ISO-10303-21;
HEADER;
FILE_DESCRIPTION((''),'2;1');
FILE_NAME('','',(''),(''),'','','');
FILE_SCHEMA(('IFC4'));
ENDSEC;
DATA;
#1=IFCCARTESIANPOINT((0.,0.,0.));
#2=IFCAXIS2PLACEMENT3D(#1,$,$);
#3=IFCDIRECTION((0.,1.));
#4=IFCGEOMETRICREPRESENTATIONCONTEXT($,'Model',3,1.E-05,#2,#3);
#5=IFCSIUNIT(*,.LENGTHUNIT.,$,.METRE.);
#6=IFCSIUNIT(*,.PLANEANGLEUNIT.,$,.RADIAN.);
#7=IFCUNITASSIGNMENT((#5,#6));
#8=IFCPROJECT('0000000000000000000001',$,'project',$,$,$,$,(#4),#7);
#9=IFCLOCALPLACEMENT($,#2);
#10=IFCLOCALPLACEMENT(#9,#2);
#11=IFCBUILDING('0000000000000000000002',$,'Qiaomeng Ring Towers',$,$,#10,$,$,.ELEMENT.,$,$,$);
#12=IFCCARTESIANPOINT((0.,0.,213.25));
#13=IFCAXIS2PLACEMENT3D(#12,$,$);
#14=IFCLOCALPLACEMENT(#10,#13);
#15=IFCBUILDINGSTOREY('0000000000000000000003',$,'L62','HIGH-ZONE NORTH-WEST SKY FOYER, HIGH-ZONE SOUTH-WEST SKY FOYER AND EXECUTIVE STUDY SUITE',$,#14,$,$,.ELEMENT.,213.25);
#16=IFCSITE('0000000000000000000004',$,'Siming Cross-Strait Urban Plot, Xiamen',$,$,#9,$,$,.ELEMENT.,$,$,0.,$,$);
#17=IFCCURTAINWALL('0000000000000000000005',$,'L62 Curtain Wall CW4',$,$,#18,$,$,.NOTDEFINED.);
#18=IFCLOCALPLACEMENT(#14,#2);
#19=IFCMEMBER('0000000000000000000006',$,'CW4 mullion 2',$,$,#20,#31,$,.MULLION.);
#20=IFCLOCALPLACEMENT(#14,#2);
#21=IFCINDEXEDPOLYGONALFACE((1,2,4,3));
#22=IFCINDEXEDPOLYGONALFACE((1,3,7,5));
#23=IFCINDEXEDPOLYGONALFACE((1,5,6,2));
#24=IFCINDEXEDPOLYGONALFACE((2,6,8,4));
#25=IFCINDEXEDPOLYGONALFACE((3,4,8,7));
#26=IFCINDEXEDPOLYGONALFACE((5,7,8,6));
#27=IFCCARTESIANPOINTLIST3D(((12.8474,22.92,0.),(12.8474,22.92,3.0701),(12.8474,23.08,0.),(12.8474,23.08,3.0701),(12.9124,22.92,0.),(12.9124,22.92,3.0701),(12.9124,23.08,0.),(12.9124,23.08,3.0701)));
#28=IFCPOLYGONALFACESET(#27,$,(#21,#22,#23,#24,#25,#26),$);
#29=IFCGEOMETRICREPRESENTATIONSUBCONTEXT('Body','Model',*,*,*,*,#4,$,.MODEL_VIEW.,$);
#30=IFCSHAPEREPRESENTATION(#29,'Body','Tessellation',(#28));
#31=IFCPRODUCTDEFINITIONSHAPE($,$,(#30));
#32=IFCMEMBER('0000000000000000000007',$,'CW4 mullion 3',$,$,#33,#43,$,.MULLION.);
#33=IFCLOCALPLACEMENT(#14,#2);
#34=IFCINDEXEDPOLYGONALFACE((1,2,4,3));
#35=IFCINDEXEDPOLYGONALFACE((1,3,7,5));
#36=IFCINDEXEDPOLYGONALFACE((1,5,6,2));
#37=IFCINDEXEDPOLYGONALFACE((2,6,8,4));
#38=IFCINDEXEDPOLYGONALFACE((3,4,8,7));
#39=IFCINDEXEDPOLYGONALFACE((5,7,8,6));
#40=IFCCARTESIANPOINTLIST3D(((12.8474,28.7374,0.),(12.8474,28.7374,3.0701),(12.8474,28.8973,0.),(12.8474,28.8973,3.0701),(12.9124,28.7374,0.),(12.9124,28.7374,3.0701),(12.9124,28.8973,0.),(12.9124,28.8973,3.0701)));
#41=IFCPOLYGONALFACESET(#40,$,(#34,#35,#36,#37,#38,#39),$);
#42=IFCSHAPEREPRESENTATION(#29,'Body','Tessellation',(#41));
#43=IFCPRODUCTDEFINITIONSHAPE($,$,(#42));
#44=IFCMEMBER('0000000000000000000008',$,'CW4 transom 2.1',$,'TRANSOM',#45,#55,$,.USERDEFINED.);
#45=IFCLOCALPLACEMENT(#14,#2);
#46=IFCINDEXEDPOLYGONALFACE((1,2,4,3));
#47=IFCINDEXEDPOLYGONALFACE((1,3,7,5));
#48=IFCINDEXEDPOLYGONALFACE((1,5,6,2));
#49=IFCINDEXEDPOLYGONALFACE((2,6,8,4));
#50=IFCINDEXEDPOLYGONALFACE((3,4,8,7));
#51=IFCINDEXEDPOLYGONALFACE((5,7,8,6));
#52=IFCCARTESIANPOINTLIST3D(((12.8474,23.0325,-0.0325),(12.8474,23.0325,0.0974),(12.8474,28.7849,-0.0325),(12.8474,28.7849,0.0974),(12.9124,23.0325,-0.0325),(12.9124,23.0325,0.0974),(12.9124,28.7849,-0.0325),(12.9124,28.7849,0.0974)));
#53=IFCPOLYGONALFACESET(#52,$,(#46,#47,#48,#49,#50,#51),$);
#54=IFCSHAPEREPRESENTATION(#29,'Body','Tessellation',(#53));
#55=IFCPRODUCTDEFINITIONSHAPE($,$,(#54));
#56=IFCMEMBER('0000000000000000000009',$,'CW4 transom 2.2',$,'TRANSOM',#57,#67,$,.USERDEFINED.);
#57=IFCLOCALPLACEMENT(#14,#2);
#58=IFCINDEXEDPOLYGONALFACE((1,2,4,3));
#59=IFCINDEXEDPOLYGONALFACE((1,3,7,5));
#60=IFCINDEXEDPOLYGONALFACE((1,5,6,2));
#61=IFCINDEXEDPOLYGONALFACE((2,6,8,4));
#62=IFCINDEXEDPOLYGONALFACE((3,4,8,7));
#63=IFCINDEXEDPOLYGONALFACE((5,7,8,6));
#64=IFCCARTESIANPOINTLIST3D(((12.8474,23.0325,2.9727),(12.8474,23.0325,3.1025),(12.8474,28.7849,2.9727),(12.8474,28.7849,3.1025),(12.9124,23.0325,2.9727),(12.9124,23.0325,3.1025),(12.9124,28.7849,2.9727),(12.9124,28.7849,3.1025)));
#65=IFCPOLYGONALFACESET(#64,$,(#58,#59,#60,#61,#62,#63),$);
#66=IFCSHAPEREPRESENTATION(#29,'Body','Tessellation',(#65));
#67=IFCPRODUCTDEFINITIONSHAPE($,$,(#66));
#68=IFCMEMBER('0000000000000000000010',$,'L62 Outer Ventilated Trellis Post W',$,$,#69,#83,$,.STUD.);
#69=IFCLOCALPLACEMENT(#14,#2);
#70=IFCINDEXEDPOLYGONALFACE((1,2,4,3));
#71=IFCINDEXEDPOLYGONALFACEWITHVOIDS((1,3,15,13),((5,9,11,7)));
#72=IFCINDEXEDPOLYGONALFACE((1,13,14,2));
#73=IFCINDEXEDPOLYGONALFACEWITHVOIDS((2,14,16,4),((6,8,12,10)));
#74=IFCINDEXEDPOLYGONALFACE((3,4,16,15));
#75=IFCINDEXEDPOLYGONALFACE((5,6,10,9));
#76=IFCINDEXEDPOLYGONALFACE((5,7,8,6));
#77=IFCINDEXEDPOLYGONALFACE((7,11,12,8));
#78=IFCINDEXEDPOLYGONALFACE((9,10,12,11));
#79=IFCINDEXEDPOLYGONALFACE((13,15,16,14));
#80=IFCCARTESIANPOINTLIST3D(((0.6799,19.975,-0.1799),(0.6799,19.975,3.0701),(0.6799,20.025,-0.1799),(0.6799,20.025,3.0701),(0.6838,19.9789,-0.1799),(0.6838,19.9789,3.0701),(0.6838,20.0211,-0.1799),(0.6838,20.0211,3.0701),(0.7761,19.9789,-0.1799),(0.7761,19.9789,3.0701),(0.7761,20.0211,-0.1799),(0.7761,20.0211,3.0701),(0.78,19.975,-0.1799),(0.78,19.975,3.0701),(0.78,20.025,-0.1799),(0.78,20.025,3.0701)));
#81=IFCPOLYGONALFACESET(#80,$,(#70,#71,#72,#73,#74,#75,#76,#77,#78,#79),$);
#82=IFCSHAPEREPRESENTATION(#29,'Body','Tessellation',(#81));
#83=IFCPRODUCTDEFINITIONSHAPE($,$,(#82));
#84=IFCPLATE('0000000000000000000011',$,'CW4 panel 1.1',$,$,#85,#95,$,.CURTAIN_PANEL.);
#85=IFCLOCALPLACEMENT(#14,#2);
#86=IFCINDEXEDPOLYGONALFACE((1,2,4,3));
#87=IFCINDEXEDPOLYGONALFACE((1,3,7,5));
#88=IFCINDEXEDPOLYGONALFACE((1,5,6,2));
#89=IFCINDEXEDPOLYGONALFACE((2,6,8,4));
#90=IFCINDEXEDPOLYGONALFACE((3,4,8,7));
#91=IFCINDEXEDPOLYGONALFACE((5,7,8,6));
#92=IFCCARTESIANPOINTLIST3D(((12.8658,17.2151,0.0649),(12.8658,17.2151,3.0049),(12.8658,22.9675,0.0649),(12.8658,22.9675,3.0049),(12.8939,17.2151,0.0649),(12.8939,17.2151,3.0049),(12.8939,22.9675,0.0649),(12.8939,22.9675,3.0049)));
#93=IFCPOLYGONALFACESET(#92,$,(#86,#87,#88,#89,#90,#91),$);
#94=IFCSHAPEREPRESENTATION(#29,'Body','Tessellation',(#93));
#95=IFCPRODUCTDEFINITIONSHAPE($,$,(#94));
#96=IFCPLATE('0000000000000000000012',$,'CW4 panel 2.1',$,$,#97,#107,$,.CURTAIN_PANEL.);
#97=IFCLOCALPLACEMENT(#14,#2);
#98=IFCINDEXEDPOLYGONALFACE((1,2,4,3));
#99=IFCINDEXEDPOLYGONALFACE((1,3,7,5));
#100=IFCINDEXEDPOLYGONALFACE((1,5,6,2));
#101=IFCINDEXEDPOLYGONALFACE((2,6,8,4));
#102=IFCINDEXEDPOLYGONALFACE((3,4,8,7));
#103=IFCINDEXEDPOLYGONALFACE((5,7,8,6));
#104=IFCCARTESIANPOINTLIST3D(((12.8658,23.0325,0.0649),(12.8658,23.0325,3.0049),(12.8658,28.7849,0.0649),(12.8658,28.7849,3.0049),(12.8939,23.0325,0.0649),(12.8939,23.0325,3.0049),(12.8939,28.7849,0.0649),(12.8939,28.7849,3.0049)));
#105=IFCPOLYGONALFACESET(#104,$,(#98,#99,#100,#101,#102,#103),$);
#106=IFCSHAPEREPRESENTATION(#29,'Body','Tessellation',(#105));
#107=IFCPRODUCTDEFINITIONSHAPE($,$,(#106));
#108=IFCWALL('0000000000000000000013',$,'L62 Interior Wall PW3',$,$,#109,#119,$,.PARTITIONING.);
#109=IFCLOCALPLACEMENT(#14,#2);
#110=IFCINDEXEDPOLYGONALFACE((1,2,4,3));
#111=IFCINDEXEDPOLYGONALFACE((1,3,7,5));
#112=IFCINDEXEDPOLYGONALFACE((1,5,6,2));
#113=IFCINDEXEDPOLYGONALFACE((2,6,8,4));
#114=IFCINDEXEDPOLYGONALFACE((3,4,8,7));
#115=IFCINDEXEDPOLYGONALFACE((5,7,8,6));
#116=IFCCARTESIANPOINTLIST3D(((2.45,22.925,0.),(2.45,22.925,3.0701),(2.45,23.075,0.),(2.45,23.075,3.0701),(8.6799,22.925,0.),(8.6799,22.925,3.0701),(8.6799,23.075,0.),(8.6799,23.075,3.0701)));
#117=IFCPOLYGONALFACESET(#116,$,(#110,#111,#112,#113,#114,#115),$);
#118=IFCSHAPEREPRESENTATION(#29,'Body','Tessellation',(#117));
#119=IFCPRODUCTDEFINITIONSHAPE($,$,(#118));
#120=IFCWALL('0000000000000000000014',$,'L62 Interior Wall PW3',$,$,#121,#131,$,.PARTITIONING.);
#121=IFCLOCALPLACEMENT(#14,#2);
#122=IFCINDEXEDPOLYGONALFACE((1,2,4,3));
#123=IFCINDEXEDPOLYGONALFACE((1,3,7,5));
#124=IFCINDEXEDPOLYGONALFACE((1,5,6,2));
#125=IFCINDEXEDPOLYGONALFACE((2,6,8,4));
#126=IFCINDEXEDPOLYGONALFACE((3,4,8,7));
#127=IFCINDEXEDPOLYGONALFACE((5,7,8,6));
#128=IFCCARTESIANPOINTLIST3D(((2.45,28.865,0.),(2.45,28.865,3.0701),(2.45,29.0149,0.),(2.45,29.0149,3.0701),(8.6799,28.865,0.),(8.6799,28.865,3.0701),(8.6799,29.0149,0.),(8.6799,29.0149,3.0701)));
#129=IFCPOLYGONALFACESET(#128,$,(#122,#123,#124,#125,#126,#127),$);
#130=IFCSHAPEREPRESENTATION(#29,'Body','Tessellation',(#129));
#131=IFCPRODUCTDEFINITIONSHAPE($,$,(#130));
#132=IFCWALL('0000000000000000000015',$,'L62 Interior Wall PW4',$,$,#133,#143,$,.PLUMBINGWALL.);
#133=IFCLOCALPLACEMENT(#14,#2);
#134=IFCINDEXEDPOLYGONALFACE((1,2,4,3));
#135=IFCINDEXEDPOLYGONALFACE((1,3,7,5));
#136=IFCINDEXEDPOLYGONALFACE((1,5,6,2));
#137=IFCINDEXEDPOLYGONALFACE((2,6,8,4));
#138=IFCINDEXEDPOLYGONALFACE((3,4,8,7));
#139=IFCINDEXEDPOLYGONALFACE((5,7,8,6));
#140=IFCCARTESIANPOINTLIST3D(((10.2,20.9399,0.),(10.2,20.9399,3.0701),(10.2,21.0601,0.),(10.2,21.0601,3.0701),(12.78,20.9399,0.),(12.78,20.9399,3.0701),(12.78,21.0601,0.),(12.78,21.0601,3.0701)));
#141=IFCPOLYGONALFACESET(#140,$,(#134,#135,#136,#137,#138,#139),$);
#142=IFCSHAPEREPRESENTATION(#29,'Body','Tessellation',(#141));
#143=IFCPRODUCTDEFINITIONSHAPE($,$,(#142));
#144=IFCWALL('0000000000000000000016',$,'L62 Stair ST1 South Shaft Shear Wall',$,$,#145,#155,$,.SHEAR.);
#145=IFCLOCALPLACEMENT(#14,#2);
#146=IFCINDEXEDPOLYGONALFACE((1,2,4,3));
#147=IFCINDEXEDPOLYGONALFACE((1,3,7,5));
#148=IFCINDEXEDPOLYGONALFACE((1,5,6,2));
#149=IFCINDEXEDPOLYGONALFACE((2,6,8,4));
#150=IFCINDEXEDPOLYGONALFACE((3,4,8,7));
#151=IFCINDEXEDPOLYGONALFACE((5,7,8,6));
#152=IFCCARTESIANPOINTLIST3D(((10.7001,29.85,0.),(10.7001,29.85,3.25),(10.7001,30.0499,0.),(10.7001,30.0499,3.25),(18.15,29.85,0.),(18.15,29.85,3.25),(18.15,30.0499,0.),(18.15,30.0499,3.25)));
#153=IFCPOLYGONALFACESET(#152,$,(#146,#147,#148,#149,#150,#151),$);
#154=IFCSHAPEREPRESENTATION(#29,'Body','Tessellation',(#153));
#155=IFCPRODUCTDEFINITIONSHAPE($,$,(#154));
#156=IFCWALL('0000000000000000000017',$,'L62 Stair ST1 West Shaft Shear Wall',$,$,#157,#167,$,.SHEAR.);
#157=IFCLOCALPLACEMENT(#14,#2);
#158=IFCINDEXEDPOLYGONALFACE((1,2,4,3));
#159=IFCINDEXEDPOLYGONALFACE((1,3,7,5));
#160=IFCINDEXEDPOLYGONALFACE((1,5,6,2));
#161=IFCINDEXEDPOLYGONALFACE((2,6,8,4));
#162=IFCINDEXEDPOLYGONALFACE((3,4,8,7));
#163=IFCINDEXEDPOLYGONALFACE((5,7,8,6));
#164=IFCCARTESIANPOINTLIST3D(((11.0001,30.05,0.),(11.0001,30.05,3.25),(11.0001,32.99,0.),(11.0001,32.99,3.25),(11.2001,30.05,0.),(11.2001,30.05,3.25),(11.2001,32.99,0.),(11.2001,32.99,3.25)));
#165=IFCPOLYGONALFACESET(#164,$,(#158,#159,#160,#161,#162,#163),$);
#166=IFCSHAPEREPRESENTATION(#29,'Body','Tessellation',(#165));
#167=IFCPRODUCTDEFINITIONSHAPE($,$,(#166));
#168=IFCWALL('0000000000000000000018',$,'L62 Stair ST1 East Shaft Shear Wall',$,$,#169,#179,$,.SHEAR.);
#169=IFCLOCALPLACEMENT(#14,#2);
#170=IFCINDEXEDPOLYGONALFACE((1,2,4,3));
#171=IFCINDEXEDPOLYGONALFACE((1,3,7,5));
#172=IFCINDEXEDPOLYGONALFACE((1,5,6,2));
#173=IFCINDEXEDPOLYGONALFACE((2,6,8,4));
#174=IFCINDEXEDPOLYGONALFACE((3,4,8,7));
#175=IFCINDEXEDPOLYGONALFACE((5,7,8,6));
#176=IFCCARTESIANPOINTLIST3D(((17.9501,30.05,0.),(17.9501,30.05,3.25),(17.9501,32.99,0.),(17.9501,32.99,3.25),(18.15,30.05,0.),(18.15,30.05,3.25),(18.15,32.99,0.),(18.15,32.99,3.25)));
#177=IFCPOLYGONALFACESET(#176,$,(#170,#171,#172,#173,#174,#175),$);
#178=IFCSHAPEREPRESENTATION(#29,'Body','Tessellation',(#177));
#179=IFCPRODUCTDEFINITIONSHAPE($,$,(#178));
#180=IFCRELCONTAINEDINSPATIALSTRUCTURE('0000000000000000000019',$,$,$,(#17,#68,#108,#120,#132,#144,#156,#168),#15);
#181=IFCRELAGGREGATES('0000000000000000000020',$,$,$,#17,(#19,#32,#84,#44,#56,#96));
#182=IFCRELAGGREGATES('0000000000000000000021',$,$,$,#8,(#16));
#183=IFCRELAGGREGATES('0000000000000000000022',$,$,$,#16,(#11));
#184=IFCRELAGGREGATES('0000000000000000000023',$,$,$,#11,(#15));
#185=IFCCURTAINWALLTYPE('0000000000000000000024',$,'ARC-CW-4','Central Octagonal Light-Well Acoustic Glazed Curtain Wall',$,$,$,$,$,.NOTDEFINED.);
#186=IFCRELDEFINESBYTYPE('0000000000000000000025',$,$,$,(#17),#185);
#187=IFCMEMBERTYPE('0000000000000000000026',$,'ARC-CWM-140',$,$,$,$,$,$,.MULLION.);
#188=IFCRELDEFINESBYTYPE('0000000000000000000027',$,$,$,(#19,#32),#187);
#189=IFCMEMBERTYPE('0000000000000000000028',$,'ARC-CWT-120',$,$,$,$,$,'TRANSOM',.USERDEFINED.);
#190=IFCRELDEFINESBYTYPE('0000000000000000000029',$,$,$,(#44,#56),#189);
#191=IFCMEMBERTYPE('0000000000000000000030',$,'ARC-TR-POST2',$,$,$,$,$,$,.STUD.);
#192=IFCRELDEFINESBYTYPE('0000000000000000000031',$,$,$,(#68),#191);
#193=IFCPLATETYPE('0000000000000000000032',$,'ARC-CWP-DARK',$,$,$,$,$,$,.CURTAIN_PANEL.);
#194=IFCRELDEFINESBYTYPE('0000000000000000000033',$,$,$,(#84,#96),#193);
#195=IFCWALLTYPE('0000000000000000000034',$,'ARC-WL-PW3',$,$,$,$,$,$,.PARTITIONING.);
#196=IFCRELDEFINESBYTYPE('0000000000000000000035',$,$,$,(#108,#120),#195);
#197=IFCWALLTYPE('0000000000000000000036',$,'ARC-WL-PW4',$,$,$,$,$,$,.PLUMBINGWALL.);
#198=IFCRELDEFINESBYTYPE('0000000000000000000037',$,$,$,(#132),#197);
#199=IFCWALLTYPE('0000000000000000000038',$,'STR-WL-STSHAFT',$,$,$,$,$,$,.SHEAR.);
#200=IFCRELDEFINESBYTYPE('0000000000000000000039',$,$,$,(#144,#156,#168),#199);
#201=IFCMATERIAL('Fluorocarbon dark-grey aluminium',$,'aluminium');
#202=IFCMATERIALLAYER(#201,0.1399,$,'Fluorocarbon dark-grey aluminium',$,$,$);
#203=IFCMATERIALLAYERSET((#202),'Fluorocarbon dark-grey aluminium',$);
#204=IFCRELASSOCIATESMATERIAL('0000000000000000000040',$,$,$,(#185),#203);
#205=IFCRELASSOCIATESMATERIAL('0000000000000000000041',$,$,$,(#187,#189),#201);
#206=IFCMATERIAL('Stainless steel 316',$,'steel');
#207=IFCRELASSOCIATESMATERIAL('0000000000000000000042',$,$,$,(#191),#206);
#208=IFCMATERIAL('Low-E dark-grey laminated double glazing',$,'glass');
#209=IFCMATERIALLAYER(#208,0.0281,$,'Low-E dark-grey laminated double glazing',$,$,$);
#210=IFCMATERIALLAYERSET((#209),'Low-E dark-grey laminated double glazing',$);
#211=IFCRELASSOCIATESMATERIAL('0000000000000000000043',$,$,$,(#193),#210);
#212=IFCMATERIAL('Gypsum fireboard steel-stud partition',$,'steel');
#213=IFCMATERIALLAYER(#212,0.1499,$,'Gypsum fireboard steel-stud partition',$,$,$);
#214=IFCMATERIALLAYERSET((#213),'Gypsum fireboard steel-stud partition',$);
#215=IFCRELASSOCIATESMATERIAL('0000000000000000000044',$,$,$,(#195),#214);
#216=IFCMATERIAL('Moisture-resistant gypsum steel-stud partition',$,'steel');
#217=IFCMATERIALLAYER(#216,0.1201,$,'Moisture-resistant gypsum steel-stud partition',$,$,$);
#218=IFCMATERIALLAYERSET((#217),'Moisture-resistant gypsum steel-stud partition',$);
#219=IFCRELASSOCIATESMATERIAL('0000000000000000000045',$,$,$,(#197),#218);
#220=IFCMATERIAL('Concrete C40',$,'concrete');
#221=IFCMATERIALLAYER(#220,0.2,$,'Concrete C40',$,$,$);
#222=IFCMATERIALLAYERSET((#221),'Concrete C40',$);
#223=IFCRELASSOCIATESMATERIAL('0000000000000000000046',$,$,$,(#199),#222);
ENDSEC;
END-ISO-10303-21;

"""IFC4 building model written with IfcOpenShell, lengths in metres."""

from ifc_helpers import new_model, si_unit, direction, frame, frame_2d, origin, origin_2d, place, context, subcontext, project, spatial, rectangle, hollow_rectangle, extrude, source, transform, mapped, material, layer, layer_set, material_profile, profile_set, type_object, element, aggregate, save


model = new_model("IFC4")

# Units and contexts
model_context = context("Model", 3, precision=1e-05, world=origin(), true_north=direction((0.0, 1.0)))
body_context = subcontext(model_context, "Body", "Model", "MODEL_VIEW")
ifc_project = project(units=[si_unit("LENGTHUNIT", "METRE"), si_unit("PLANEANGLEUNIT", "RADIAN")], contexts=[model_context])

# Site, building, storey
site_placement = place(None, origin())
site = spatial("IfcSite", under=ifc_project, at=site_placement, Name="Siming Cross-Strait Urban Plot, Xiamen", CompositionType="ELEMENT", RefElevation=0.0)
building_placement = place(site_placement, origin())
building = spatial("IfcBuilding", under=site, at=building_placement, Name="Qiaomeng Ring Towers", CompositionType="ELEMENT")
storey_placement = place(building_placement, frame((0.0, 0.0, 213.25)))
storey = spatial("IfcBuildingStorey", under=building, at=storey_placement, Name="L62", Description="HIGH-ZONE NORTH-WEST SKY FOYER, HIGH-ZONE SOUTH-WEST SKY FOYER AND EXECUTIVE STUDY SUITE", CompositionType="ELEMENT", Elevation=213.25)

# Shared definitions
ifc_material_1 = material(Name="Concrete C40", Category="concrete")

# Curtain wall, members
ifc_material_2 = material(Name="Fluorocarbon dark-grey aluminium", Category="aluminium")
ifc_layer_1 = layer(ifc_material_2, 0.1399, Name="Fluorocarbon dark-grey aluminium")
ifc_layer_set_1 = layer_set([ifc_layer_1], Name="Fluorocarbon dark-grey aluminium")
curtain_wall_type = type_object("IfcCurtainWallType", Name="ARC-CW-4", Description="Central Octagonal Light-Well Acoustic Glazed Curtain Wall", PredefinedType="NOTDEFINED", material=ifc_layer_set_1)
curtain_wall_placement = place(storey_placement, origin())
curtain_wall = element("IfcCurtainWall", 1, at=curtain_wall_placement, inside=storey, type_object=curtain_wall_type, Name="L62 Curtain Wall CW4", PredefinedType="NOTDEFINED")
ifc_material_profile_1 = material_profile(ifc_material_2, rectangle(XDim=0.0649, YDim=0.1599, at=origin_2d()), Name="ALU MULL 65x160")
ifc_profile_set_1 = profile_set([ifc_material_profile_1], Name="Fluorocarbon dark-grey aluminium")
member_type_1 = type_object("IfcMemberType", Name="ARC-CWM-140", PredefinedType="MULLION", material=ifc_profile_set_1)
shared_shape_1 = source(origin(), body_context, "Body", "SweptSolid", [
    extrude(rectangle(XDim=0.0649, YDim=0.1599, at=origin_2d()), origin(), (0.0, 0.0, 1.0), 3.0701),
])
member_1_placement = place(storey_placement, frame((12.8799, 23.0, 0.0), z_axis=(0.0, 0.0, 1.0), x_axis=(-1.0, 0.0, 0.0)))
member_1 = element("IfcMember", 2, at=member_1_placement, type_object=member_type_1, Name="CW4 mullion 2", PredefinedType="MULLION", context=body_context, shape_type="MappedRepresentation", body=[
    mapped(shared_shape_1, transform((0.0, 0.0, 0.0), x_axis=(1.0, 0.0, 0.0), y_axis=(0.0, 1.0, 0.0), z_axis=(0.0, 0.0, 1.0), scale=1.0)),
])
member_2_placement = place(storey_placement, frame((12.8799, 28.8174, 0.0), z_axis=(0.0, 0.0, 1.0), x_axis=(-1.0, 0.0, 0.0)))
member_2 = element("IfcMember", 3, at=member_2_placement, type_object=member_type_1, Name="CW4 mullion 3", PredefinedType="MULLION", context=body_context, shape_type="MappedRepresentation", body=[
    mapped(shared_shape_1, transform((0.0, 0.0, 0.0), x_axis=(1.0, 0.0, 0.0), y_axis=(0.0, 1.0, 0.0), z_axis=(0.0, 0.0, 1.0), scale=1.0)),
])
ifc_material_profile_2 = material_profile(ifc_material_2, rectangle(XDim=0.0649, YDim=0.1299, at=origin_2d()), Name="ALU TRAN 65x130")
ifc_profile_set_2 = profile_set([ifc_material_profile_2], Name="Fluorocarbon dark-grey aluminium")
member_type_2 = type_object("IfcMemberType", Name="ARC-CWT-120", ElementType="TRANSOM", PredefinedType="USERDEFINED", material=ifc_profile_set_2)
shared_shape_2 = source(origin(), body_context, "Body", "SweptSolid", [
    extrude(rectangle(XDim=0.0649, YDim=0.1299, at=origin_2d()), origin(), (0.0, 0.0, 1.0), 5.7524),
])
member_3_placement = place(storey_placement, frame((12.8799, 23.0325, 0.0325), z_axis=(0.0, 1.0, 0.0), x_axis=(-1.0, 0.0, 0.0)))
member_3 = element("IfcMember", 4, at=member_3_placement, type_object=member_type_2, Name="CW4 transom 2.1", ObjectType="TRANSOM", PredefinedType="USERDEFINED", context=body_context, shape_type="MappedRepresentation", body=[
    mapped(shared_shape_2, transform((0.0, 0.0, 0.0), x_axis=(1.0, 0.0, 0.0), y_axis=(0.0, 1.0, 0.0), z_axis=(0.0, 0.0, 1.0), scale=1.0)),
])
member_4_placement = place(storey_placement, frame((12.8799, 23.0325, 3.0376), z_axis=(0.0, 1.0, 0.0), x_axis=(-1.0, 0.0, 0.0)))
member_4 = element("IfcMember", 5, at=member_4_placement, type_object=member_type_2, Name="CW4 transom 2.2", ObjectType="TRANSOM", PredefinedType="USERDEFINED", context=body_context, shape_type="MappedRepresentation", body=[
    mapped(shared_shape_2, transform((0.0, 0.0, 0.0), x_axis=(1.0, 0.0, 0.0), y_axis=(0.0, 1.0, 0.0), z_axis=(0.0, 0.0, 1.0), scale=1.0)),
])

# Member
ifc_material_3 = material(Name="Stainless steel 316", Category="steel")
ifc_material_profile_3 = material_profile(ifc_material_3, hollow_rectangle(XDim=0.05, YDim=0.1001, WallThickness=0.0039, at=origin_2d()), Name="SS TRELLIS 100x50")
ifc_profile_set_3 = profile_set([ifc_material_profile_3], Name="Stainless steel 316")
member_type_3 = type_object("IfcMemberType", Name="ARC-TR-POST2", PredefinedType="STUD", material=ifc_profile_set_3)
shared_shape_3 = source(origin(), body_context, "Body", "SweptSolid", [
    extrude(hollow_rectangle(XDim=0.05, YDim=0.1001, WallThickness=0.0039, at=origin_2d()), origin(), (0.0, 0.0, 1.0), 3.25),
])
member_5_placement = place(storey_placement, frame((0.73, 20.0, -0.1799), z_axis=(0.0, 0.0, 1.0), x_axis=(0.0, 1.0, 0.0)))
element("IfcMember", 6, at=member_5_placement, inside=storey, type_object=member_type_3, Name="L62 Outer Ventilated Trellis Post W", PredefinedType="STUD", context=body_context, shape_type="MappedRepresentation", body=[
    mapped(shared_shape_3, transform((0.0, 0.0, 0.0), x_axis=(1.0, 0.0, 0.0), y_axis=(0.0, 1.0, 0.0), z_axis=(0.0, 0.0, 1.0), scale=1.0)),
])

# Plates
ifc_material_4 = material(Name="Low-E dark-grey laminated double glazing", Category="glass")
ifc_layer_2 = layer(ifc_material_4, 0.0281, Name="Low-E dark-grey laminated double glazing")
ifc_layer_set_2 = layer_set([ifc_layer_2], Name="Low-E dark-grey laminated double glazing")
plate_type = type_object("IfcPlateType", Name="ARC-CWP-DARK", PredefinedType="CURTAIN_PANEL", material=ifc_layer_set_2)
shared_shape_4 = source(origin(), body_context, "Body", "SweptSolid", [
    extrude(rectangle(XDim=5.7524, YDim=0.0281, at=origin_2d()), origin(), (0.0, 0.0, 1.0), 2.9399),
])
plate_1_placement = place(storey_placement, frame((12.8799, 20.0913, 0.0649), z_axis=(0.0, 0.0, 1.0), x_axis=(0.0, 1.0, 0.0)))
plate_1 = element("IfcPlate", 7, at=plate_1_placement, type_object=plate_type, Name="CW4 panel 1.1", PredefinedType="CURTAIN_PANEL", context=body_context, shape_type="MappedRepresentation", body=[
    mapped(shared_shape_4, transform((0.0, 0.0, 0.0), x_axis=(1.0, 0.0, 0.0), y_axis=(0.0, 1.0, 0.0), z_axis=(0.0, 0.0, 1.0), scale=1.0)),
])
plate_2_placement = place(storey_placement, frame((12.8799, 25.9087, 0.0649), z_axis=(0.0, 0.0, 1.0), x_axis=(0.0, 1.0, 0.0)))
plate_2 = element("IfcPlate", 8, at=plate_2_placement, type_object=plate_type, Name="CW4 panel 2.1", PredefinedType="CURTAIN_PANEL", context=body_context, shape_type="MappedRepresentation", body=[
    mapped(shared_shape_4, transform((0.0, 0.0, 0.0), x_axis=(1.0, 0.0, 0.0), y_axis=(0.0, 1.0, 0.0), z_axis=(0.0, 0.0, 1.0), scale=1.0)),
])
aggregate(curtain_wall, [member_1, member_2, plate_1, member_3, member_4, plate_2])

# Walls
ifc_material_5 = material(Name="Gypsum fireboard steel-stud partition", Category="steel")
ifc_layer_3 = layer(ifc_material_5, 0.1499, Name="Gypsum fireboard steel-stud partition")
ifc_layer_set_3 = layer_set([ifc_layer_3], Name="Gypsum fireboard steel-stud partition")
wall_type_1 = type_object("IfcWallType", Name="ARC-WL-PW3", PredefinedType="PARTITIONING", material=ifc_layer_set_3)
for number, where, z_axis, x_axis, name in (
    (9, (2.45, 23.0, 0.0), (0.0, 0.0, 1.0), (1.0, 0.0, 0.0), "L62 Interior Wall PW3"),
    (10, (2.45, 28.9399, 0.0), (0.0, 0.0, 1.0), (1.0, 0.0, 0.0), "L62 Interior Wall PW3"),
):
    element("IfcWall", number, at=place(storey_placement, frame(where, z_axis=z_axis, x_axis=x_axis)), inside=storey, type_object=wall_type_1, Name=name, PredefinedType="PARTITIONING", context=body_context, shape_type="SweptSolid", body=[
        extrude(rectangle(XDim=6.23, YDim=0.1499, at=frame_2d((3.115, 0.0))), origin(), (0.0, 0.0, 1.0), 3.0701),
    ])
ifc_material_6 = material(Name="Moisture-resistant gypsum steel-stud partition", Category="steel")
ifc_layer_4 = layer(ifc_material_6, 0.1201, Name="Moisture-resistant gypsum steel-stud partition")
ifc_layer_set_4 = layer_set([ifc_layer_4], Name="Moisture-resistant gypsum steel-stud partition")
wall_type_2 = type_object("IfcWallType", Name="ARC-WL-PW4", PredefinedType="PLUMBINGWALL", material=ifc_layer_set_4)
wall_1_placement = place(storey_placement, frame((10.2, 21.0, 0.0), z_axis=(0.0, 0.0, 1.0), x_axis=(1.0, 0.0, 0.0)))
element("IfcWall", 11, at=wall_1_placement, inside=storey, type_object=wall_type_2, Name="L62 Interior Wall PW4", PredefinedType="PLUMBINGWALL", context=body_context, shape_type="SweptSolid", body=[
    extrude(rectangle(XDim=2.5801, YDim=0.1201, at=frame_2d((1.29, 0.0))), origin(), (0.0, 0.0, 1.0), 3.0701),
])
ifc_layer_5 = layer(ifc_material_1, 0.2, Name="Concrete C40")
ifc_layer_set_5 = layer_set([ifc_layer_5], Name="Concrete C40")
wall_type_3 = type_object("IfcWallType", Name="STR-WL-STSHAFT", PredefinedType="SHEAR", material=ifc_layer_set_5)
wall_2_placement = place(storey_placement, frame((10.7, 29.95, 0.0), z_axis=(0.0, 0.0, 1.0), x_axis=(1.0, 0.0, 0.0)))
element("IfcWall", 12, at=wall_2_placement, inside=storey, type_object=wall_type_3, Name="L62 Stair ST1 South Shaft Shear Wall", PredefinedType="SHEAR", context=body_context, shape_type="SweptSolid", body=[
    extrude(rectangle(XDim=7.45, YDim=0.2, at=frame_2d((3.7251, 0.0))), origin(), (0.0, 0.0, 1.0), 3.25),
])
for number, where, z_axis, x_axis, name in (
    (13, (11.1001, 30.05, 0.0), (0.0, 0.0, 1.0), (0.0, 1.0, 0.0), "L62 Stair ST1 West Shaft Shear Wall"),
    (14, (18.05, 30.05, 0.0), (0.0, 0.0, 1.0), (0.0, 1.0, 0.0), "L62 Stair ST1 East Shaft Shear Wall"),
):
    element("IfcWall", number, at=place(storey_placement, frame(where, z_axis=z_axis, x_axis=x_axis)), inside=storey, type_object=wall_type_3, Name=name, PredefinedType="SHEAR", context=body_context, shape_type="SweptSolid", body=[
        extrude(rectangle(XDim=2.9399, YDim=0.2, at=frame_2d((1.47, 0.0))), origin(), (0.0, 0.0, 1.0), 3.25),
    ])

save(model, "model.ifc")
